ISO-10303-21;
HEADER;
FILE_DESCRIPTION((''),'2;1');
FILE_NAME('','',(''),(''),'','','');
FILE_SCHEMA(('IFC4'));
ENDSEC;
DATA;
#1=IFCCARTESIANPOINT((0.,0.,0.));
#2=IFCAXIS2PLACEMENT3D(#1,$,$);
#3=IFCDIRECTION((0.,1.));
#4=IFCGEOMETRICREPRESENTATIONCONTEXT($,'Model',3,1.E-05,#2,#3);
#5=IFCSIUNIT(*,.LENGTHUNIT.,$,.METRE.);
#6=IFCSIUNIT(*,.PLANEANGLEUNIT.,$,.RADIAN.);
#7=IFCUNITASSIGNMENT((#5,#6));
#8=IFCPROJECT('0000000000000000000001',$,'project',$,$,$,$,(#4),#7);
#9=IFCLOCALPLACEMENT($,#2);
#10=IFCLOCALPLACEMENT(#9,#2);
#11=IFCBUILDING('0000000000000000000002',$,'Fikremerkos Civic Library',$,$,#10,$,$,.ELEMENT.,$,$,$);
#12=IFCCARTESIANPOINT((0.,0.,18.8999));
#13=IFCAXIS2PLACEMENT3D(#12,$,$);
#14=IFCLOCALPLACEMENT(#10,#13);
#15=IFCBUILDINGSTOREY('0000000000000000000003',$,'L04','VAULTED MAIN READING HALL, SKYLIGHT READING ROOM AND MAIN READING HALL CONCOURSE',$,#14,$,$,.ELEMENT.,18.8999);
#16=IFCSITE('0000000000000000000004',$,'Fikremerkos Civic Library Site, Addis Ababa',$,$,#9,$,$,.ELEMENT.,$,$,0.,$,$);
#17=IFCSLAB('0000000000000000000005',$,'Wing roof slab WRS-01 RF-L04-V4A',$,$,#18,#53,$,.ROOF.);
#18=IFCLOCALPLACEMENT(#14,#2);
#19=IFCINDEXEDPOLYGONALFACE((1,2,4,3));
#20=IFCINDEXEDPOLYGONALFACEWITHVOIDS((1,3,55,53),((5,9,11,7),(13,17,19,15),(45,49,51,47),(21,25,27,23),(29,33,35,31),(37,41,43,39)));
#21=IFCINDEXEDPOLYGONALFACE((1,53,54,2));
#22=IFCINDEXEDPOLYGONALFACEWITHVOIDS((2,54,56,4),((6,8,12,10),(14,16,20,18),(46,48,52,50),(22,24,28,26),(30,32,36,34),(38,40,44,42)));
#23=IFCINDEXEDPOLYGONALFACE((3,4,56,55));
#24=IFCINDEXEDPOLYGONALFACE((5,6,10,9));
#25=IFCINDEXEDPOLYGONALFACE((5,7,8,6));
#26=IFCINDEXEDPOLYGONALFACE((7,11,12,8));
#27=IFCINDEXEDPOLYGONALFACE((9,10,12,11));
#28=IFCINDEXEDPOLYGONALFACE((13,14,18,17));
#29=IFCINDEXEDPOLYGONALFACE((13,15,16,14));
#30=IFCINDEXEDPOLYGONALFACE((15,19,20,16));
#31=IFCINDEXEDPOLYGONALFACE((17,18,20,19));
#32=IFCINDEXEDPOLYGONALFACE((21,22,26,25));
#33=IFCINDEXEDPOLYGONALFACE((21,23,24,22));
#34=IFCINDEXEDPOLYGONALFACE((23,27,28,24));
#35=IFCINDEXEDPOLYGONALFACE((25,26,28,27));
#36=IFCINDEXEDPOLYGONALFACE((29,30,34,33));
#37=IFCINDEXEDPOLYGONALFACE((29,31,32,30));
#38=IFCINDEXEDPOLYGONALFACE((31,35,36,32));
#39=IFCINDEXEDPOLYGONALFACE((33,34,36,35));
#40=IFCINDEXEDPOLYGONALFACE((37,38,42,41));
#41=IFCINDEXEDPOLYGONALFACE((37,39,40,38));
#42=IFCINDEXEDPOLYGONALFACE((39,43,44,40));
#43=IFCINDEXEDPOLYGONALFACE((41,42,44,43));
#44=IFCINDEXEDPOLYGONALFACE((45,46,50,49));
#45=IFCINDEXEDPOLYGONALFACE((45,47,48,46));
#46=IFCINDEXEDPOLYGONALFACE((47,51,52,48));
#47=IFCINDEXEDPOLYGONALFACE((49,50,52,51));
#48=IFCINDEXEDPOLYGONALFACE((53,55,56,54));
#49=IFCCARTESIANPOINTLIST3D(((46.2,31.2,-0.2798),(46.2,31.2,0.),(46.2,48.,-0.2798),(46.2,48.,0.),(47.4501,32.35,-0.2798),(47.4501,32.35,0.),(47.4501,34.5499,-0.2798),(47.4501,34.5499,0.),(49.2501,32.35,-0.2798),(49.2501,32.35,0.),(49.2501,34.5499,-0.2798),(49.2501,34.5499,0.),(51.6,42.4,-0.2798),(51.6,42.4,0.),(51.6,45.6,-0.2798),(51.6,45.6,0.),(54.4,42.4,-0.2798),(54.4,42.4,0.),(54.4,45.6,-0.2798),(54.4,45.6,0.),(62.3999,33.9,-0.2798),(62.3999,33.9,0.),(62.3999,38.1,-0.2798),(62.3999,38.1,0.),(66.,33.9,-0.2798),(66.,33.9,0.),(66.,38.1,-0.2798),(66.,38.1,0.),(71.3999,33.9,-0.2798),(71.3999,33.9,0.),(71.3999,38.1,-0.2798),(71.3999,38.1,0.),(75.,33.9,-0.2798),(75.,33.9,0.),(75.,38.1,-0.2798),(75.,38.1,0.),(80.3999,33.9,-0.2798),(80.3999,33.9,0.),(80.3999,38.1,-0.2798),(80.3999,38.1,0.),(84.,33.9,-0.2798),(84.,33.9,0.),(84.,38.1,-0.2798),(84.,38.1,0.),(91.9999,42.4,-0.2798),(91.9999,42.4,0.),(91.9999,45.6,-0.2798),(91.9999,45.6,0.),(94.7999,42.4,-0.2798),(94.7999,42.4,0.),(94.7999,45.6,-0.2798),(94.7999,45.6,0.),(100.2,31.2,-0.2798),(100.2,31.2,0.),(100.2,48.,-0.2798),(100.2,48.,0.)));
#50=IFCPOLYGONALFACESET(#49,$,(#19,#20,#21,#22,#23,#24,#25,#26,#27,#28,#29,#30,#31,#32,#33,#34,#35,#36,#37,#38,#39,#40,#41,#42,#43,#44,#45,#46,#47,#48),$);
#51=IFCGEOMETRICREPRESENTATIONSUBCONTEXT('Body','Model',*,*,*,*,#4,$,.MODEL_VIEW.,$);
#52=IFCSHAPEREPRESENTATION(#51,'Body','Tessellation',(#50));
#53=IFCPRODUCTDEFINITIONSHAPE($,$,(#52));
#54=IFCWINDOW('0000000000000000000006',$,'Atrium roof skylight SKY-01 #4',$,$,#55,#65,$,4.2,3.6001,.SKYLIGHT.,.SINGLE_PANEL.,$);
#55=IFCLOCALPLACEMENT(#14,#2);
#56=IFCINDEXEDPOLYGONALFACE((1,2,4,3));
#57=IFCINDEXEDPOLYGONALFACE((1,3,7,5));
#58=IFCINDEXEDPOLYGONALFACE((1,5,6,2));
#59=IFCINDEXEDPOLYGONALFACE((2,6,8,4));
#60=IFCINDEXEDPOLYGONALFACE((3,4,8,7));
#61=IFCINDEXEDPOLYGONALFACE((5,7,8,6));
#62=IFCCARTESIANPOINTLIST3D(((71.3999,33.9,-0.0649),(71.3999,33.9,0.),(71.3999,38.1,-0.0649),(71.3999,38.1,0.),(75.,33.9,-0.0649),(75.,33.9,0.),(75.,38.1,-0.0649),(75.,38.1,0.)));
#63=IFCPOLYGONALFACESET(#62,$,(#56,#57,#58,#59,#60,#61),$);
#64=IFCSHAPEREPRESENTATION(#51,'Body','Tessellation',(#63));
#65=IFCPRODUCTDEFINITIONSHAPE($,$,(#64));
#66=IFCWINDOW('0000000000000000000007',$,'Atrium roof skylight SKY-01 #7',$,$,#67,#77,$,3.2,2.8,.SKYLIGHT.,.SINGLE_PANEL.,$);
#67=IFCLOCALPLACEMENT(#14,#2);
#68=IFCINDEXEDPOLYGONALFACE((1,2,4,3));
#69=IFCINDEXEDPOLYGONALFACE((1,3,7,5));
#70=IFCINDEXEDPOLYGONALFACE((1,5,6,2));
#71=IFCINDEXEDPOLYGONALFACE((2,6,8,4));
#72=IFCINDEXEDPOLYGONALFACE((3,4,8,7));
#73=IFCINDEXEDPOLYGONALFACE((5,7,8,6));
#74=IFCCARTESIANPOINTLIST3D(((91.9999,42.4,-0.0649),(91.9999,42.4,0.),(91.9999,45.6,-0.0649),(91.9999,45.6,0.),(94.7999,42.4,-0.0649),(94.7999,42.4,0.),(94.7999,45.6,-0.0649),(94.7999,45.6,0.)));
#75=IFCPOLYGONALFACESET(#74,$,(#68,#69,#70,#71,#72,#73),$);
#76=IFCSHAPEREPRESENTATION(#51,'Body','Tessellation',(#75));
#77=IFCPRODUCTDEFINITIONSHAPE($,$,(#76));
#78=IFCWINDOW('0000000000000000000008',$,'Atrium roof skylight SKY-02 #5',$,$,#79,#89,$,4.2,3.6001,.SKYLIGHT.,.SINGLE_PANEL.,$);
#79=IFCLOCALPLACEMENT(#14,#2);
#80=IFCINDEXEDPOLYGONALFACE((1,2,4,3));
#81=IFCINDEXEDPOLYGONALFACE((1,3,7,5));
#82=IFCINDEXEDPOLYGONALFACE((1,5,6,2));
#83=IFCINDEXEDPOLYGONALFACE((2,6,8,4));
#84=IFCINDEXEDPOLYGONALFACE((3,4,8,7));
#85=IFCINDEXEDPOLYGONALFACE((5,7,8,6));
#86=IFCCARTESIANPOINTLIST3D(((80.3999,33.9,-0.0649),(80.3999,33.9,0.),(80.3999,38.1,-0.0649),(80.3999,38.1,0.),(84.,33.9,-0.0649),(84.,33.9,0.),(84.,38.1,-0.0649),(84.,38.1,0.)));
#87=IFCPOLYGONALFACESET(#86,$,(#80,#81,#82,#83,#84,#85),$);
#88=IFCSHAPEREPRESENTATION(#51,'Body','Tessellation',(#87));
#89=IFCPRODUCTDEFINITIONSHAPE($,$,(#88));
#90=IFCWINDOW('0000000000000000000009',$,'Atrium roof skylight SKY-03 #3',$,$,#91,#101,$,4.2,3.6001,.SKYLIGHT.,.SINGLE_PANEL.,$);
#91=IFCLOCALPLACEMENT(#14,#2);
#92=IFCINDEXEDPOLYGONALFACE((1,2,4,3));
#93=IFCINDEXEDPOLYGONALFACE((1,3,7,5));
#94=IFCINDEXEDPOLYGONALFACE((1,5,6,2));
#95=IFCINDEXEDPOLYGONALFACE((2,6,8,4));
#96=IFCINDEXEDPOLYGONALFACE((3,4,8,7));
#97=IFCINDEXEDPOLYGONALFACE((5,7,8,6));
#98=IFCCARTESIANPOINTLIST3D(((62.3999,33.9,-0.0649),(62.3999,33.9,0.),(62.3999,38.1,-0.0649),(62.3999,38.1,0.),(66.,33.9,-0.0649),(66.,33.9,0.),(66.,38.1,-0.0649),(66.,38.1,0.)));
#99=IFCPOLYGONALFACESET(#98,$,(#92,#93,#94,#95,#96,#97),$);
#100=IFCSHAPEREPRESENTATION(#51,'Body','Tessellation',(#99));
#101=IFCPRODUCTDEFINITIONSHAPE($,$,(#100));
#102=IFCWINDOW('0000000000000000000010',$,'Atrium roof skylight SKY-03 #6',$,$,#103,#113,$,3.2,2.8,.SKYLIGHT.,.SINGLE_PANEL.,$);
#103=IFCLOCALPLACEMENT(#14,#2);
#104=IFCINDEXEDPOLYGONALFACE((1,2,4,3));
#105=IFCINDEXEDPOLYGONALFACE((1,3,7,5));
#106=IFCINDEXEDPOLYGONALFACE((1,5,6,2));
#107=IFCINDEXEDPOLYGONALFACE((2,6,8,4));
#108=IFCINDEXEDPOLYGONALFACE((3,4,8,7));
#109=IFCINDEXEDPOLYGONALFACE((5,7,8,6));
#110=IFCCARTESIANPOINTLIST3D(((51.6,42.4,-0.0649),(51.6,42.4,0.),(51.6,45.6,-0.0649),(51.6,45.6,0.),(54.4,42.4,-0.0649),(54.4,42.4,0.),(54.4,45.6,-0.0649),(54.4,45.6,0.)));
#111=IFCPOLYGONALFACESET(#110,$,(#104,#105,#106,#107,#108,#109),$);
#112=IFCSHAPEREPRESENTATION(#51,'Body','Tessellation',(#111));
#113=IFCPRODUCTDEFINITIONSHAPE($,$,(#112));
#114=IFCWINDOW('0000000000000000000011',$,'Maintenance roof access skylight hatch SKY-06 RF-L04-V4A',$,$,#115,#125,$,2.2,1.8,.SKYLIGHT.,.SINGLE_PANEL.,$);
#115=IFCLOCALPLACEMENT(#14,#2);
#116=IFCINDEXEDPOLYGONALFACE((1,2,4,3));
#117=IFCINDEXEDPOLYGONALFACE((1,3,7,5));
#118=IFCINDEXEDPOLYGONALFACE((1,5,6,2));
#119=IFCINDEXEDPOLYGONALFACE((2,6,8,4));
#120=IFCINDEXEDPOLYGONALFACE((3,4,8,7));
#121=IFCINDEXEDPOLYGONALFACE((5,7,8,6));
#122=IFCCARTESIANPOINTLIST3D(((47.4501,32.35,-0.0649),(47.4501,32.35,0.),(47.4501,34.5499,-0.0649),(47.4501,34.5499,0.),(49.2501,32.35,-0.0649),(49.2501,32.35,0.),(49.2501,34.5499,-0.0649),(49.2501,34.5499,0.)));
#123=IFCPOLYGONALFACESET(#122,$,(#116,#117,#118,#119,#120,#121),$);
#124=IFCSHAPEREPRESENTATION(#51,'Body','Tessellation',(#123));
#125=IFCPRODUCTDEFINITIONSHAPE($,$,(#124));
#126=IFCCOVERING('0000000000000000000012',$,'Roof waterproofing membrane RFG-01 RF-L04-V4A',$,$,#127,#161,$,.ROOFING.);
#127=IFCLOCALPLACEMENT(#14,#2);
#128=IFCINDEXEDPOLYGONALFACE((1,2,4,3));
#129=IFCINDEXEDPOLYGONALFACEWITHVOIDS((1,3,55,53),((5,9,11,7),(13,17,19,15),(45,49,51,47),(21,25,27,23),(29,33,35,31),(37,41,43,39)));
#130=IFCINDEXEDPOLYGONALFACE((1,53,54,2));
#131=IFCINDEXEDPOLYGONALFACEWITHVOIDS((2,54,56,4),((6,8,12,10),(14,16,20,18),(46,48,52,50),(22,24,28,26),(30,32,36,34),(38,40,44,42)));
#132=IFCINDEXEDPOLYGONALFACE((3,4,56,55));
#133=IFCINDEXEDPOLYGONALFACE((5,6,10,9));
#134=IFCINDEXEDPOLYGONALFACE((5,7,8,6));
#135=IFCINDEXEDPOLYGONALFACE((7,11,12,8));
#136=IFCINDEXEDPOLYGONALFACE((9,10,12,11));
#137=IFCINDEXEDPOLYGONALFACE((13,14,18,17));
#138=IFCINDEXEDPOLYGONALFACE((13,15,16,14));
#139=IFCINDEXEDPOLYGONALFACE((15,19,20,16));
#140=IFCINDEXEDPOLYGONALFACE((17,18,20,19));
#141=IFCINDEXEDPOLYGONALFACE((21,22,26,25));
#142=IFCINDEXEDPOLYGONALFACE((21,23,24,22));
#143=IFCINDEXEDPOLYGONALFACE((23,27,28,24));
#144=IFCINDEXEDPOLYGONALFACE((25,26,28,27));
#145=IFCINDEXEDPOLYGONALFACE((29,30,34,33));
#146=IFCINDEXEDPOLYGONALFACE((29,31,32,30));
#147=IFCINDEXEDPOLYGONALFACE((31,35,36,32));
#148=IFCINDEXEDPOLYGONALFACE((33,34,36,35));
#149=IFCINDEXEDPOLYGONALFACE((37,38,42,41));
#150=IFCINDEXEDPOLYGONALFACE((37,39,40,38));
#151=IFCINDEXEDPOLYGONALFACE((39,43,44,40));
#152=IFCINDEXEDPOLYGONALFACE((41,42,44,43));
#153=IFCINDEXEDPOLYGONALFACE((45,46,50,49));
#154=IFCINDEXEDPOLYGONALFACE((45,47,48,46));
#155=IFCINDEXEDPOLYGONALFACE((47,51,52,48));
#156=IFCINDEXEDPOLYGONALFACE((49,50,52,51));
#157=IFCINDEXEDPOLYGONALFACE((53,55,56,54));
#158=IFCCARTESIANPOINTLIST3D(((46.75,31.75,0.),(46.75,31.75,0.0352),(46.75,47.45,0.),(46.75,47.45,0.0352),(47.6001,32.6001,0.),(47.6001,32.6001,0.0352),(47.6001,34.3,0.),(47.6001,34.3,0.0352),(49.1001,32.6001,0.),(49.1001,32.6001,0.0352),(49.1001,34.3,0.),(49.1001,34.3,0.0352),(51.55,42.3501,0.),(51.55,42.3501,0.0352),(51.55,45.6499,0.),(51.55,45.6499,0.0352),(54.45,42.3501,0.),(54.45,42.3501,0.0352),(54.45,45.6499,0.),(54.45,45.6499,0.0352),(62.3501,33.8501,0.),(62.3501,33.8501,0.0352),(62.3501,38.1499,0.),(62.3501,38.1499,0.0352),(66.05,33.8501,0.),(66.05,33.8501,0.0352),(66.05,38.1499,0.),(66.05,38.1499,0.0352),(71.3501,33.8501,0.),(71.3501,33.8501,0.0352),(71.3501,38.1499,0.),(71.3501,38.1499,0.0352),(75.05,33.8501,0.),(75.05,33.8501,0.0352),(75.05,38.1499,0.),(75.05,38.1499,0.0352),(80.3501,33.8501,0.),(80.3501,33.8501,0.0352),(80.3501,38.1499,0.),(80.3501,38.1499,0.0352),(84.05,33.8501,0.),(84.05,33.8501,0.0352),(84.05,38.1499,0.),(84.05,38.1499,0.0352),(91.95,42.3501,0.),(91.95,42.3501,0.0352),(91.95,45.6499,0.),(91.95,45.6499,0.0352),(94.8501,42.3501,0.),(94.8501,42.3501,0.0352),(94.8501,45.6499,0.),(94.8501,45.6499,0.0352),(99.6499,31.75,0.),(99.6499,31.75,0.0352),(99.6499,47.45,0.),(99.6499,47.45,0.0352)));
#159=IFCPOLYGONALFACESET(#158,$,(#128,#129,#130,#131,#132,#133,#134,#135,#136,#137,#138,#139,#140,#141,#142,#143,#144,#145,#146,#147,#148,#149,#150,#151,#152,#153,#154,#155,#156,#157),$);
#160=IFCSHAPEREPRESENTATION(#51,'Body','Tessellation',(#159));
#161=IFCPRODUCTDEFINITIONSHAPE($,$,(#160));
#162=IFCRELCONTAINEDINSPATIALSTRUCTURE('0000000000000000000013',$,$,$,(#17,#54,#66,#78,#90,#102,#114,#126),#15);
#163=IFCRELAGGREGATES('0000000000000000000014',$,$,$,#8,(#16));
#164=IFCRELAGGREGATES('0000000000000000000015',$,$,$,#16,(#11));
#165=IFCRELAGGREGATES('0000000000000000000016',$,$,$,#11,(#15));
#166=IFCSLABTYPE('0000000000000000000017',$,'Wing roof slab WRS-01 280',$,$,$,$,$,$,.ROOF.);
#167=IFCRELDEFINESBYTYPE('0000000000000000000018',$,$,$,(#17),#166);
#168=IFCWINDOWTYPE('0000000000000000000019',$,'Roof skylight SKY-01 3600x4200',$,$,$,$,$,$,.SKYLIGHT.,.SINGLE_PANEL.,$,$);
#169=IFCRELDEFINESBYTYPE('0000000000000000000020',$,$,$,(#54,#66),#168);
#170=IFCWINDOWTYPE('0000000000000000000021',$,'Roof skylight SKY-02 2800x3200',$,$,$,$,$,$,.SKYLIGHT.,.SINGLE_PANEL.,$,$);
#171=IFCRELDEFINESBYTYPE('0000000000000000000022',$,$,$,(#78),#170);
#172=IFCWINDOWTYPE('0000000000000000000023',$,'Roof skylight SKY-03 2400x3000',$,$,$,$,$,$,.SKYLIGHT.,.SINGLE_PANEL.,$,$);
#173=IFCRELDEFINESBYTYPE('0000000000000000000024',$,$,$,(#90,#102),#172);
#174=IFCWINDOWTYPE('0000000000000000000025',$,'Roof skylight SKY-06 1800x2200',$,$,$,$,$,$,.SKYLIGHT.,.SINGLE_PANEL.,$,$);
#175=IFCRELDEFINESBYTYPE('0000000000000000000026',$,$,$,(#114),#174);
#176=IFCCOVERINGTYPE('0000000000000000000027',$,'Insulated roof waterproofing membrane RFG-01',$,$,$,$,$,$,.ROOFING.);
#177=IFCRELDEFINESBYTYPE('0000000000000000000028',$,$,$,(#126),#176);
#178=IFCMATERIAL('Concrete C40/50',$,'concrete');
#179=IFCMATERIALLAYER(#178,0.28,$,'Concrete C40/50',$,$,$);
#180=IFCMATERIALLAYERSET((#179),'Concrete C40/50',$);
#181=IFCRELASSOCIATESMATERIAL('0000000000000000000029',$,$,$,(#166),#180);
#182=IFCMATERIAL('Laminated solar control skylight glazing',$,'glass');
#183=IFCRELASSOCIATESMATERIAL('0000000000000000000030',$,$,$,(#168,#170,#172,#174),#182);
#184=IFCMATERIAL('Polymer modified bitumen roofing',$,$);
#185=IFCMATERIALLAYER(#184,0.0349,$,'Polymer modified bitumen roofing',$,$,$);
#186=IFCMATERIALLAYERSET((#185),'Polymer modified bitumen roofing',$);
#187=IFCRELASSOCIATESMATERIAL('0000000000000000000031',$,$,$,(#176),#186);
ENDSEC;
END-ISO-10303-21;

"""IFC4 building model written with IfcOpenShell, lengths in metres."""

from ifc_helpers import new_model, si_unit, direction, frame, origin, origin_2d, place, context, subcontext, project, spatial, polyline, rectangle, outline, extrude, material, layer, layer_set, type_object, element, fill, save


model = new_model("IFC4")

# Units and contexts
model_context = context("Model", 3, precision=1e-05, world=origin(), true_north=direction((0.0, 1.0)))
body_context = subcontext(model_context, "Body", "Model", "MODEL_VIEW")
ifc_project = project(units=[si_unit("LENGTHUNIT", "METRE"), si_unit("PLANEANGLEUNIT", "RADIAN")], contexts=[model_context])

# Site, building, storey
site_placement = place(None, origin())
site = spatial("IfcSite", under=ifc_project, at=site_placement, Name="Fikremerkos Civic Library Site, Addis Ababa", CompositionType="ELEMENT", RefElevation=0.0)
building_placement = place(site_placement, origin())
building = spatial("IfcBuilding", under=site, at=building_placement, Name="Fikremerkos Civic Library", CompositionType="ELEMENT")
storey_placement = place(building_placement, frame((0.0, 0.0, 18.8999)))
storey = spatial("IfcBuildingStorey", under=building, at=storey_placement, Name="L04", Description="VAULTED MAIN READING HALL, SKYLIGHT READING ROOM AND MAIN READING HALL CONCOURSE", CompositionType="ELEMENT", Elevation=18.8999)

# Shared definitions
ifc_material_1 = material(Name="Concrete C40/50", Category="concrete")

# Slab, openings, windows
ifc_layer_1 = layer(ifc_material_1, 0.28, Name="Concrete C40/50")
ifc_layer_set_1 = layer_set([ifc_layer_1], Name="Concrete C40/50")
slab_type_1 = type_object("IfcSlabType", Name="Wing roof slab WRS-01 280", PredefinedType="ROOF", material=ifc_layer_set_1)
slab_1_placement = place(storey_placement, frame((0.0, 0.0, -0.2798)))
slab_1 = element("IfcSlab", 1, at=slab_1_placement, inside=storey, type_object=slab_type_1, Name="Wing roof slab WRS-01 RF-L04-V4A", PredefinedType="ROOF", context=body_context, shape_type="SweptSolid", body=[
    extrude(outline(polyline([(46.2, 31.2), (100.2, 31.2), (100.2, 48.0), (46.2, 48.0), (46.2, 31.2)])), origin(), (0.0, 0.0, 1.0), 0.2798),
])
opening_1_placement = place(slab_1_placement, frame((64.2, 36.0, 0.0)))
opening_1 = element("IfcOpeningElement", 2, at=opening_1_placement, cuts=slab_1, PredefinedType="OPENING", context=body_context, shape_type="SweptSolid", body=[
    extrude(rectangle(XDim=3.6001, YDim=4.2, at=origin_2d()), frame((0.0, 0.0, -0.01), z_axis=(0.0, 0.0, 1.0), x_axis=(1.0, 0.0, 0.0)), (0.0, 0.0, 1.0), 0.2998),
])
opening_2_placement = place(slab_1_placement, frame((73.2, 36.0, 0.0)))
opening_2 = element("IfcOpeningElement", 3, at=opening_2_placement, cuts=slab_1, PredefinedType="OPENING", context=body_context, shape_type="SweptSolid", body=[
    extrude(rectangle(XDim=3.6001, YDim=4.2, at=origin_2d()), frame((0.0, 0.0, -0.01), z_axis=(0.0, 0.0, 1.0), x_axis=(1.0, 0.0, 0.0)), (0.0, 0.0, 1.0), 0.2998),
])
opening_3_placement = place(slab_1_placement, frame((82.2, 36.0, 0.0)))
opening_3 = element("IfcOpeningElement", 4, at=opening_3_placement, cuts=slab_1, PredefinedType="OPENING", context=body_context, shape_type="SweptSolid", body=[
    extrude(rectangle(XDim=3.6001, YDim=4.2, at=origin_2d()), frame((0.0, 0.0, -0.01), z_axis=(0.0, 0.0, 1.0), x_axis=(1.0, 0.0, 0.0)), (0.0, 0.0, 1.0), 0.2998),
])
opening_4_placement = place(slab_1_placement, frame((53.0, 44.0, 0.0)))
opening_4 = element("IfcOpeningElement", 5, at=opening_4_placement, cuts=slab_1, PredefinedType="OPENING", context=body_context, shape_type="SweptSolid", body=[
    extrude(rectangle(XDim=2.8, YDim=3.2, at=origin_2d()), frame((0.0, 0.0, -0.01), z_axis=(0.0, 0.0, 1.0), x_axis=(1.0, 0.0, 0.0)), (0.0, 0.0, 1.0), 0.2998),
])
opening_5_placement = place(slab_1_placement, frame((93.3999, 44.0, 0.0)))
opening_5 = element("IfcOpeningElement", 6, at=opening_5_placement, cuts=slab_1, PredefinedType="OPENING", context=body_context, shape_type="SweptSolid", body=[
    extrude(rectangle(XDim=2.8, YDim=3.2, at=origin_2d()), frame((0.0, 0.0, -0.01), z_axis=(0.0, 0.0, 1.0), x_axis=(1.0, 0.0, 0.0)), (0.0, 0.0, 1.0), 0.2998),
])
opening_6_placement = place(slab_1_placement, frame((48.3501, 33.45, 0.0)))
opening_6 = element("IfcOpeningElement", 7, at=opening_6_placement, cuts=slab_1, PredefinedType="OPENING", context=body_context, shape_type="SweptSolid", body=[
    extrude(rectangle(XDim=1.8, YDim=2.2, at=origin_2d()), frame((0.0, 0.0, -0.01), z_axis=(0.0, 0.0, 1.0), x_axis=(1.0, 0.0, 0.0)), (0.0, 0.0, 1.0), 0.2998),
])
ifc_material_2 = material(Name="Laminated solar control skylight glazing", Category="glass")
window_type_1 = type_object("IfcWindowType", Name="Roof skylight SKY-01 3600x4200", PartitioningType="SINGLE_PANEL", PredefinedType="SKYLIGHT", material=ifc_material_2)
window_1_placement = place(opening_2_placement, frame((0.0, 0.0, 0.2148)))
window_1 = element("IfcWindow", 8, at=window_1_placement, inside=storey, type_object=window_type_1, Name="Atrium roof skylight SKY-01 #4", OverallHeight=4.2, OverallWidth=3.6001, PartitioningType="SINGLE_PANEL", PredefinedType="SKYLIGHT", context=body_context, shape_type="SweptSolid", body=[
    extrude(rectangle(XDim=3.6001, YDim=4.2, at=origin_2d()), origin(), (0.0, 0.0, 1.0), 0.0649),
])
fill(opening_2, window_1)
window_2_placement = place(opening_5_placement, frame((0.0, 0.0, 0.2148)))
window_2 = element("IfcWindow", 9, at=window_2_placement, inside=storey, type_object=window_type_1, Name="Atrium roof skylight SKY-01 #7", OverallHeight=3.2, OverallWidth=2.8, PartitioningType="SINGLE_PANEL", PredefinedType="SKYLIGHT", context=body_context, shape_type="SweptSolid", body=[
    extrude(rectangle(XDim=2.8, YDim=3.2, at=origin_2d()), origin(), (0.0, 0.0, 1.0), 0.0649),
])
fill(opening_5, window_2)
window_type_2 = type_object("IfcWindowType", Name="Roof skylight SKY-02 2800x3200", PartitioningType="SINGLE_PANEL", PredefinedType="SKYLIGHT", material=ifc_material_2)
window_3_placement = place(opening_3_placement, frame((0.0, 0.0, 0.2148)))
window_3 = element("IfcWindow", 10, at=window_3_placement, inside=storey, type_object=window_type_2, Name="Atrium roof skylight SKY-02 #5", OverallHeight=4.2, OverallWidth=3.6001, PartitioningType="SINGLE_PANEL", PredefinedType="SKYLIGHT", context=body_context, shape_type="SweptSolid", body=[
    extrude(rectangle(XDim=3.6001, YDim=4.2, at=origin_2d()), origin(), (0.0, 0.0, 1.0), 0.0649),
])
fill(opening_3, window_3)
window_type_3 = type_object("IfcWindowType", Name="Roof skylight SKY-03 2400x3000", PartitioningType="SINGLE_PANEL", PredefinedType="SKYLIGHT", material=ifc_material_2)
window_4_placement = place(opening_1_placement, frame((0.0, 0.0, 0.2148)))
window_4 = element("IfcWindow", 11, at=window_4_placement, inside=storey, type_object=window_type_3, Name="Atrium roof skylight SKY-03 #3", OverallHeight=4.2, OverallWidth=3.6001, PartitioningType="SINGLE_PANEL", PredefinedType="SKYLIGHT", context=body_context, shape_type="SweptSolid", body=[
    extrude(rectangle(XDim=3.6001, YDim=4.2, at=origin_2d()), origin(), (0.0, 0.0, 1.0), 0.0649),
])
fill(opening_1, window_4)
window_5_placement = place(opening_4_placement, frame((0.0, 0.0, 0.2148)))
window_5 = element("IfcWindow", 12, at=window_5_placement, inside=storey, type_object=window_type_3, Name="Atrium roof skylight SKY-03 #6", OverallHeight=3.2, OverallWidth=2.8, PartitioningType="SINGLE_PANEL", PredefinedType="SKYLIGHT", context=body_context, shape_type="SweptSolid", body=[
    extrude(rectangle(XDim=2.8, YDim=3.2, at=origin_2d()), origin(), (0.0, 0.0, 1.0), 0.0649),
])
fill(opening_4, window_5)
window_type_4 = type_object("IfcWindowType", Name="Roof skylight SKY-06 1800x2200", PartitioningType="SINGLE_PANEL", PredefinedType="SKYLIGHT", material=ifc_material_2)
window_6_placement = place(opening_6_placement, frame((0.0, 0.0, 0.2148)))
window_6 = element("IfcWindow", 13, at=window_6_placement, inside=storey, type_object=window_type_4, Name="Maintenance roof access skylight hatch SKY-06 RF-L04-V4A", OverallHeight=2.2, OverallWidth=1.8, PartitioningType="SINGLE_PANEL", PredefinedType="SKYLIGHT", context=body_context, shape_type="SweptSolid", body=[
    extrude(rectangle(XDim=1.8, YDim=2.2, at=origin_2d()), origin(), (0.0, 0.0, 1.0), 0.0649),
])
fill(opening_6, window_6)

# Covering
ifc_material_3 = material(Name="Polymer modified bitumen roofing")
ifc_layer_2 = layer(ifc_material_3, 0.0349, Name="Polymer modified bitumen roofing")
ifc_layer_set_2 = layer_set([ifc_layer_2], Name="Polymer modified bitumen roofing")
covering_type_1 = type_object("IfcCoveringType", Name="Insulated roof waterproofing membrane RFG-01", PredefinedType="ROOFING", material=ifc_layer_set_2)
covering_1_placement = place(storey_placement, origin())
element("IfcCovering", 14, at=covering_1_placement, inside=storey, type_object=covering_type_1, Name="Roof waterproofing membrane RFG-01 RF-L04-V4A", PredefinedType="ROOFING", context=body_context, shape_type="SweptSolid", body=[
    extrude(outline(polyline([(46.75, 31.75), (99.6499, 31.75), (99.6499, 47.45), (46.75, 47.45), (46.75, 31.75)]), holes=[polyline([(62.3501, 33.8501), (66.05, 33.8501), (66.05, 38.1499), (62.3501, 38.1499), (62.3501, 33.8501)]), polyline([(71.3501, 33.8501), (75.05, 33.8501), (75.05, 38.1499), (71.3501, 38.1499), (71.3501, 33.8501)]), polyline([(80.3501, 33.8501), (84.05, 33.8501), (84.05, 38.1499), (80.3501, 38.1499), (80.3501, 33.8501)]), polyline([(51.55, 42.3501), (54.45, 42.3501), (54.45, 45.6499), (51.55, 45.6499), (51.55, 42.3501)]), polyline([(91.95, 42.3501), (94.8501, 42.3501), (94.8501, 45.6499), (91.95, 45.6499), (91.95, 42.3501)]), polyline([(47.6001, 32.6001), (49.1001, 32.6001), (49.1001, 34.3), (47.6001, 34.3), (47.6001, 32.6001)])]), origin(), (0.0, 0.0, 1.0), 0.0352),
])

save(model, "model.ifc")
